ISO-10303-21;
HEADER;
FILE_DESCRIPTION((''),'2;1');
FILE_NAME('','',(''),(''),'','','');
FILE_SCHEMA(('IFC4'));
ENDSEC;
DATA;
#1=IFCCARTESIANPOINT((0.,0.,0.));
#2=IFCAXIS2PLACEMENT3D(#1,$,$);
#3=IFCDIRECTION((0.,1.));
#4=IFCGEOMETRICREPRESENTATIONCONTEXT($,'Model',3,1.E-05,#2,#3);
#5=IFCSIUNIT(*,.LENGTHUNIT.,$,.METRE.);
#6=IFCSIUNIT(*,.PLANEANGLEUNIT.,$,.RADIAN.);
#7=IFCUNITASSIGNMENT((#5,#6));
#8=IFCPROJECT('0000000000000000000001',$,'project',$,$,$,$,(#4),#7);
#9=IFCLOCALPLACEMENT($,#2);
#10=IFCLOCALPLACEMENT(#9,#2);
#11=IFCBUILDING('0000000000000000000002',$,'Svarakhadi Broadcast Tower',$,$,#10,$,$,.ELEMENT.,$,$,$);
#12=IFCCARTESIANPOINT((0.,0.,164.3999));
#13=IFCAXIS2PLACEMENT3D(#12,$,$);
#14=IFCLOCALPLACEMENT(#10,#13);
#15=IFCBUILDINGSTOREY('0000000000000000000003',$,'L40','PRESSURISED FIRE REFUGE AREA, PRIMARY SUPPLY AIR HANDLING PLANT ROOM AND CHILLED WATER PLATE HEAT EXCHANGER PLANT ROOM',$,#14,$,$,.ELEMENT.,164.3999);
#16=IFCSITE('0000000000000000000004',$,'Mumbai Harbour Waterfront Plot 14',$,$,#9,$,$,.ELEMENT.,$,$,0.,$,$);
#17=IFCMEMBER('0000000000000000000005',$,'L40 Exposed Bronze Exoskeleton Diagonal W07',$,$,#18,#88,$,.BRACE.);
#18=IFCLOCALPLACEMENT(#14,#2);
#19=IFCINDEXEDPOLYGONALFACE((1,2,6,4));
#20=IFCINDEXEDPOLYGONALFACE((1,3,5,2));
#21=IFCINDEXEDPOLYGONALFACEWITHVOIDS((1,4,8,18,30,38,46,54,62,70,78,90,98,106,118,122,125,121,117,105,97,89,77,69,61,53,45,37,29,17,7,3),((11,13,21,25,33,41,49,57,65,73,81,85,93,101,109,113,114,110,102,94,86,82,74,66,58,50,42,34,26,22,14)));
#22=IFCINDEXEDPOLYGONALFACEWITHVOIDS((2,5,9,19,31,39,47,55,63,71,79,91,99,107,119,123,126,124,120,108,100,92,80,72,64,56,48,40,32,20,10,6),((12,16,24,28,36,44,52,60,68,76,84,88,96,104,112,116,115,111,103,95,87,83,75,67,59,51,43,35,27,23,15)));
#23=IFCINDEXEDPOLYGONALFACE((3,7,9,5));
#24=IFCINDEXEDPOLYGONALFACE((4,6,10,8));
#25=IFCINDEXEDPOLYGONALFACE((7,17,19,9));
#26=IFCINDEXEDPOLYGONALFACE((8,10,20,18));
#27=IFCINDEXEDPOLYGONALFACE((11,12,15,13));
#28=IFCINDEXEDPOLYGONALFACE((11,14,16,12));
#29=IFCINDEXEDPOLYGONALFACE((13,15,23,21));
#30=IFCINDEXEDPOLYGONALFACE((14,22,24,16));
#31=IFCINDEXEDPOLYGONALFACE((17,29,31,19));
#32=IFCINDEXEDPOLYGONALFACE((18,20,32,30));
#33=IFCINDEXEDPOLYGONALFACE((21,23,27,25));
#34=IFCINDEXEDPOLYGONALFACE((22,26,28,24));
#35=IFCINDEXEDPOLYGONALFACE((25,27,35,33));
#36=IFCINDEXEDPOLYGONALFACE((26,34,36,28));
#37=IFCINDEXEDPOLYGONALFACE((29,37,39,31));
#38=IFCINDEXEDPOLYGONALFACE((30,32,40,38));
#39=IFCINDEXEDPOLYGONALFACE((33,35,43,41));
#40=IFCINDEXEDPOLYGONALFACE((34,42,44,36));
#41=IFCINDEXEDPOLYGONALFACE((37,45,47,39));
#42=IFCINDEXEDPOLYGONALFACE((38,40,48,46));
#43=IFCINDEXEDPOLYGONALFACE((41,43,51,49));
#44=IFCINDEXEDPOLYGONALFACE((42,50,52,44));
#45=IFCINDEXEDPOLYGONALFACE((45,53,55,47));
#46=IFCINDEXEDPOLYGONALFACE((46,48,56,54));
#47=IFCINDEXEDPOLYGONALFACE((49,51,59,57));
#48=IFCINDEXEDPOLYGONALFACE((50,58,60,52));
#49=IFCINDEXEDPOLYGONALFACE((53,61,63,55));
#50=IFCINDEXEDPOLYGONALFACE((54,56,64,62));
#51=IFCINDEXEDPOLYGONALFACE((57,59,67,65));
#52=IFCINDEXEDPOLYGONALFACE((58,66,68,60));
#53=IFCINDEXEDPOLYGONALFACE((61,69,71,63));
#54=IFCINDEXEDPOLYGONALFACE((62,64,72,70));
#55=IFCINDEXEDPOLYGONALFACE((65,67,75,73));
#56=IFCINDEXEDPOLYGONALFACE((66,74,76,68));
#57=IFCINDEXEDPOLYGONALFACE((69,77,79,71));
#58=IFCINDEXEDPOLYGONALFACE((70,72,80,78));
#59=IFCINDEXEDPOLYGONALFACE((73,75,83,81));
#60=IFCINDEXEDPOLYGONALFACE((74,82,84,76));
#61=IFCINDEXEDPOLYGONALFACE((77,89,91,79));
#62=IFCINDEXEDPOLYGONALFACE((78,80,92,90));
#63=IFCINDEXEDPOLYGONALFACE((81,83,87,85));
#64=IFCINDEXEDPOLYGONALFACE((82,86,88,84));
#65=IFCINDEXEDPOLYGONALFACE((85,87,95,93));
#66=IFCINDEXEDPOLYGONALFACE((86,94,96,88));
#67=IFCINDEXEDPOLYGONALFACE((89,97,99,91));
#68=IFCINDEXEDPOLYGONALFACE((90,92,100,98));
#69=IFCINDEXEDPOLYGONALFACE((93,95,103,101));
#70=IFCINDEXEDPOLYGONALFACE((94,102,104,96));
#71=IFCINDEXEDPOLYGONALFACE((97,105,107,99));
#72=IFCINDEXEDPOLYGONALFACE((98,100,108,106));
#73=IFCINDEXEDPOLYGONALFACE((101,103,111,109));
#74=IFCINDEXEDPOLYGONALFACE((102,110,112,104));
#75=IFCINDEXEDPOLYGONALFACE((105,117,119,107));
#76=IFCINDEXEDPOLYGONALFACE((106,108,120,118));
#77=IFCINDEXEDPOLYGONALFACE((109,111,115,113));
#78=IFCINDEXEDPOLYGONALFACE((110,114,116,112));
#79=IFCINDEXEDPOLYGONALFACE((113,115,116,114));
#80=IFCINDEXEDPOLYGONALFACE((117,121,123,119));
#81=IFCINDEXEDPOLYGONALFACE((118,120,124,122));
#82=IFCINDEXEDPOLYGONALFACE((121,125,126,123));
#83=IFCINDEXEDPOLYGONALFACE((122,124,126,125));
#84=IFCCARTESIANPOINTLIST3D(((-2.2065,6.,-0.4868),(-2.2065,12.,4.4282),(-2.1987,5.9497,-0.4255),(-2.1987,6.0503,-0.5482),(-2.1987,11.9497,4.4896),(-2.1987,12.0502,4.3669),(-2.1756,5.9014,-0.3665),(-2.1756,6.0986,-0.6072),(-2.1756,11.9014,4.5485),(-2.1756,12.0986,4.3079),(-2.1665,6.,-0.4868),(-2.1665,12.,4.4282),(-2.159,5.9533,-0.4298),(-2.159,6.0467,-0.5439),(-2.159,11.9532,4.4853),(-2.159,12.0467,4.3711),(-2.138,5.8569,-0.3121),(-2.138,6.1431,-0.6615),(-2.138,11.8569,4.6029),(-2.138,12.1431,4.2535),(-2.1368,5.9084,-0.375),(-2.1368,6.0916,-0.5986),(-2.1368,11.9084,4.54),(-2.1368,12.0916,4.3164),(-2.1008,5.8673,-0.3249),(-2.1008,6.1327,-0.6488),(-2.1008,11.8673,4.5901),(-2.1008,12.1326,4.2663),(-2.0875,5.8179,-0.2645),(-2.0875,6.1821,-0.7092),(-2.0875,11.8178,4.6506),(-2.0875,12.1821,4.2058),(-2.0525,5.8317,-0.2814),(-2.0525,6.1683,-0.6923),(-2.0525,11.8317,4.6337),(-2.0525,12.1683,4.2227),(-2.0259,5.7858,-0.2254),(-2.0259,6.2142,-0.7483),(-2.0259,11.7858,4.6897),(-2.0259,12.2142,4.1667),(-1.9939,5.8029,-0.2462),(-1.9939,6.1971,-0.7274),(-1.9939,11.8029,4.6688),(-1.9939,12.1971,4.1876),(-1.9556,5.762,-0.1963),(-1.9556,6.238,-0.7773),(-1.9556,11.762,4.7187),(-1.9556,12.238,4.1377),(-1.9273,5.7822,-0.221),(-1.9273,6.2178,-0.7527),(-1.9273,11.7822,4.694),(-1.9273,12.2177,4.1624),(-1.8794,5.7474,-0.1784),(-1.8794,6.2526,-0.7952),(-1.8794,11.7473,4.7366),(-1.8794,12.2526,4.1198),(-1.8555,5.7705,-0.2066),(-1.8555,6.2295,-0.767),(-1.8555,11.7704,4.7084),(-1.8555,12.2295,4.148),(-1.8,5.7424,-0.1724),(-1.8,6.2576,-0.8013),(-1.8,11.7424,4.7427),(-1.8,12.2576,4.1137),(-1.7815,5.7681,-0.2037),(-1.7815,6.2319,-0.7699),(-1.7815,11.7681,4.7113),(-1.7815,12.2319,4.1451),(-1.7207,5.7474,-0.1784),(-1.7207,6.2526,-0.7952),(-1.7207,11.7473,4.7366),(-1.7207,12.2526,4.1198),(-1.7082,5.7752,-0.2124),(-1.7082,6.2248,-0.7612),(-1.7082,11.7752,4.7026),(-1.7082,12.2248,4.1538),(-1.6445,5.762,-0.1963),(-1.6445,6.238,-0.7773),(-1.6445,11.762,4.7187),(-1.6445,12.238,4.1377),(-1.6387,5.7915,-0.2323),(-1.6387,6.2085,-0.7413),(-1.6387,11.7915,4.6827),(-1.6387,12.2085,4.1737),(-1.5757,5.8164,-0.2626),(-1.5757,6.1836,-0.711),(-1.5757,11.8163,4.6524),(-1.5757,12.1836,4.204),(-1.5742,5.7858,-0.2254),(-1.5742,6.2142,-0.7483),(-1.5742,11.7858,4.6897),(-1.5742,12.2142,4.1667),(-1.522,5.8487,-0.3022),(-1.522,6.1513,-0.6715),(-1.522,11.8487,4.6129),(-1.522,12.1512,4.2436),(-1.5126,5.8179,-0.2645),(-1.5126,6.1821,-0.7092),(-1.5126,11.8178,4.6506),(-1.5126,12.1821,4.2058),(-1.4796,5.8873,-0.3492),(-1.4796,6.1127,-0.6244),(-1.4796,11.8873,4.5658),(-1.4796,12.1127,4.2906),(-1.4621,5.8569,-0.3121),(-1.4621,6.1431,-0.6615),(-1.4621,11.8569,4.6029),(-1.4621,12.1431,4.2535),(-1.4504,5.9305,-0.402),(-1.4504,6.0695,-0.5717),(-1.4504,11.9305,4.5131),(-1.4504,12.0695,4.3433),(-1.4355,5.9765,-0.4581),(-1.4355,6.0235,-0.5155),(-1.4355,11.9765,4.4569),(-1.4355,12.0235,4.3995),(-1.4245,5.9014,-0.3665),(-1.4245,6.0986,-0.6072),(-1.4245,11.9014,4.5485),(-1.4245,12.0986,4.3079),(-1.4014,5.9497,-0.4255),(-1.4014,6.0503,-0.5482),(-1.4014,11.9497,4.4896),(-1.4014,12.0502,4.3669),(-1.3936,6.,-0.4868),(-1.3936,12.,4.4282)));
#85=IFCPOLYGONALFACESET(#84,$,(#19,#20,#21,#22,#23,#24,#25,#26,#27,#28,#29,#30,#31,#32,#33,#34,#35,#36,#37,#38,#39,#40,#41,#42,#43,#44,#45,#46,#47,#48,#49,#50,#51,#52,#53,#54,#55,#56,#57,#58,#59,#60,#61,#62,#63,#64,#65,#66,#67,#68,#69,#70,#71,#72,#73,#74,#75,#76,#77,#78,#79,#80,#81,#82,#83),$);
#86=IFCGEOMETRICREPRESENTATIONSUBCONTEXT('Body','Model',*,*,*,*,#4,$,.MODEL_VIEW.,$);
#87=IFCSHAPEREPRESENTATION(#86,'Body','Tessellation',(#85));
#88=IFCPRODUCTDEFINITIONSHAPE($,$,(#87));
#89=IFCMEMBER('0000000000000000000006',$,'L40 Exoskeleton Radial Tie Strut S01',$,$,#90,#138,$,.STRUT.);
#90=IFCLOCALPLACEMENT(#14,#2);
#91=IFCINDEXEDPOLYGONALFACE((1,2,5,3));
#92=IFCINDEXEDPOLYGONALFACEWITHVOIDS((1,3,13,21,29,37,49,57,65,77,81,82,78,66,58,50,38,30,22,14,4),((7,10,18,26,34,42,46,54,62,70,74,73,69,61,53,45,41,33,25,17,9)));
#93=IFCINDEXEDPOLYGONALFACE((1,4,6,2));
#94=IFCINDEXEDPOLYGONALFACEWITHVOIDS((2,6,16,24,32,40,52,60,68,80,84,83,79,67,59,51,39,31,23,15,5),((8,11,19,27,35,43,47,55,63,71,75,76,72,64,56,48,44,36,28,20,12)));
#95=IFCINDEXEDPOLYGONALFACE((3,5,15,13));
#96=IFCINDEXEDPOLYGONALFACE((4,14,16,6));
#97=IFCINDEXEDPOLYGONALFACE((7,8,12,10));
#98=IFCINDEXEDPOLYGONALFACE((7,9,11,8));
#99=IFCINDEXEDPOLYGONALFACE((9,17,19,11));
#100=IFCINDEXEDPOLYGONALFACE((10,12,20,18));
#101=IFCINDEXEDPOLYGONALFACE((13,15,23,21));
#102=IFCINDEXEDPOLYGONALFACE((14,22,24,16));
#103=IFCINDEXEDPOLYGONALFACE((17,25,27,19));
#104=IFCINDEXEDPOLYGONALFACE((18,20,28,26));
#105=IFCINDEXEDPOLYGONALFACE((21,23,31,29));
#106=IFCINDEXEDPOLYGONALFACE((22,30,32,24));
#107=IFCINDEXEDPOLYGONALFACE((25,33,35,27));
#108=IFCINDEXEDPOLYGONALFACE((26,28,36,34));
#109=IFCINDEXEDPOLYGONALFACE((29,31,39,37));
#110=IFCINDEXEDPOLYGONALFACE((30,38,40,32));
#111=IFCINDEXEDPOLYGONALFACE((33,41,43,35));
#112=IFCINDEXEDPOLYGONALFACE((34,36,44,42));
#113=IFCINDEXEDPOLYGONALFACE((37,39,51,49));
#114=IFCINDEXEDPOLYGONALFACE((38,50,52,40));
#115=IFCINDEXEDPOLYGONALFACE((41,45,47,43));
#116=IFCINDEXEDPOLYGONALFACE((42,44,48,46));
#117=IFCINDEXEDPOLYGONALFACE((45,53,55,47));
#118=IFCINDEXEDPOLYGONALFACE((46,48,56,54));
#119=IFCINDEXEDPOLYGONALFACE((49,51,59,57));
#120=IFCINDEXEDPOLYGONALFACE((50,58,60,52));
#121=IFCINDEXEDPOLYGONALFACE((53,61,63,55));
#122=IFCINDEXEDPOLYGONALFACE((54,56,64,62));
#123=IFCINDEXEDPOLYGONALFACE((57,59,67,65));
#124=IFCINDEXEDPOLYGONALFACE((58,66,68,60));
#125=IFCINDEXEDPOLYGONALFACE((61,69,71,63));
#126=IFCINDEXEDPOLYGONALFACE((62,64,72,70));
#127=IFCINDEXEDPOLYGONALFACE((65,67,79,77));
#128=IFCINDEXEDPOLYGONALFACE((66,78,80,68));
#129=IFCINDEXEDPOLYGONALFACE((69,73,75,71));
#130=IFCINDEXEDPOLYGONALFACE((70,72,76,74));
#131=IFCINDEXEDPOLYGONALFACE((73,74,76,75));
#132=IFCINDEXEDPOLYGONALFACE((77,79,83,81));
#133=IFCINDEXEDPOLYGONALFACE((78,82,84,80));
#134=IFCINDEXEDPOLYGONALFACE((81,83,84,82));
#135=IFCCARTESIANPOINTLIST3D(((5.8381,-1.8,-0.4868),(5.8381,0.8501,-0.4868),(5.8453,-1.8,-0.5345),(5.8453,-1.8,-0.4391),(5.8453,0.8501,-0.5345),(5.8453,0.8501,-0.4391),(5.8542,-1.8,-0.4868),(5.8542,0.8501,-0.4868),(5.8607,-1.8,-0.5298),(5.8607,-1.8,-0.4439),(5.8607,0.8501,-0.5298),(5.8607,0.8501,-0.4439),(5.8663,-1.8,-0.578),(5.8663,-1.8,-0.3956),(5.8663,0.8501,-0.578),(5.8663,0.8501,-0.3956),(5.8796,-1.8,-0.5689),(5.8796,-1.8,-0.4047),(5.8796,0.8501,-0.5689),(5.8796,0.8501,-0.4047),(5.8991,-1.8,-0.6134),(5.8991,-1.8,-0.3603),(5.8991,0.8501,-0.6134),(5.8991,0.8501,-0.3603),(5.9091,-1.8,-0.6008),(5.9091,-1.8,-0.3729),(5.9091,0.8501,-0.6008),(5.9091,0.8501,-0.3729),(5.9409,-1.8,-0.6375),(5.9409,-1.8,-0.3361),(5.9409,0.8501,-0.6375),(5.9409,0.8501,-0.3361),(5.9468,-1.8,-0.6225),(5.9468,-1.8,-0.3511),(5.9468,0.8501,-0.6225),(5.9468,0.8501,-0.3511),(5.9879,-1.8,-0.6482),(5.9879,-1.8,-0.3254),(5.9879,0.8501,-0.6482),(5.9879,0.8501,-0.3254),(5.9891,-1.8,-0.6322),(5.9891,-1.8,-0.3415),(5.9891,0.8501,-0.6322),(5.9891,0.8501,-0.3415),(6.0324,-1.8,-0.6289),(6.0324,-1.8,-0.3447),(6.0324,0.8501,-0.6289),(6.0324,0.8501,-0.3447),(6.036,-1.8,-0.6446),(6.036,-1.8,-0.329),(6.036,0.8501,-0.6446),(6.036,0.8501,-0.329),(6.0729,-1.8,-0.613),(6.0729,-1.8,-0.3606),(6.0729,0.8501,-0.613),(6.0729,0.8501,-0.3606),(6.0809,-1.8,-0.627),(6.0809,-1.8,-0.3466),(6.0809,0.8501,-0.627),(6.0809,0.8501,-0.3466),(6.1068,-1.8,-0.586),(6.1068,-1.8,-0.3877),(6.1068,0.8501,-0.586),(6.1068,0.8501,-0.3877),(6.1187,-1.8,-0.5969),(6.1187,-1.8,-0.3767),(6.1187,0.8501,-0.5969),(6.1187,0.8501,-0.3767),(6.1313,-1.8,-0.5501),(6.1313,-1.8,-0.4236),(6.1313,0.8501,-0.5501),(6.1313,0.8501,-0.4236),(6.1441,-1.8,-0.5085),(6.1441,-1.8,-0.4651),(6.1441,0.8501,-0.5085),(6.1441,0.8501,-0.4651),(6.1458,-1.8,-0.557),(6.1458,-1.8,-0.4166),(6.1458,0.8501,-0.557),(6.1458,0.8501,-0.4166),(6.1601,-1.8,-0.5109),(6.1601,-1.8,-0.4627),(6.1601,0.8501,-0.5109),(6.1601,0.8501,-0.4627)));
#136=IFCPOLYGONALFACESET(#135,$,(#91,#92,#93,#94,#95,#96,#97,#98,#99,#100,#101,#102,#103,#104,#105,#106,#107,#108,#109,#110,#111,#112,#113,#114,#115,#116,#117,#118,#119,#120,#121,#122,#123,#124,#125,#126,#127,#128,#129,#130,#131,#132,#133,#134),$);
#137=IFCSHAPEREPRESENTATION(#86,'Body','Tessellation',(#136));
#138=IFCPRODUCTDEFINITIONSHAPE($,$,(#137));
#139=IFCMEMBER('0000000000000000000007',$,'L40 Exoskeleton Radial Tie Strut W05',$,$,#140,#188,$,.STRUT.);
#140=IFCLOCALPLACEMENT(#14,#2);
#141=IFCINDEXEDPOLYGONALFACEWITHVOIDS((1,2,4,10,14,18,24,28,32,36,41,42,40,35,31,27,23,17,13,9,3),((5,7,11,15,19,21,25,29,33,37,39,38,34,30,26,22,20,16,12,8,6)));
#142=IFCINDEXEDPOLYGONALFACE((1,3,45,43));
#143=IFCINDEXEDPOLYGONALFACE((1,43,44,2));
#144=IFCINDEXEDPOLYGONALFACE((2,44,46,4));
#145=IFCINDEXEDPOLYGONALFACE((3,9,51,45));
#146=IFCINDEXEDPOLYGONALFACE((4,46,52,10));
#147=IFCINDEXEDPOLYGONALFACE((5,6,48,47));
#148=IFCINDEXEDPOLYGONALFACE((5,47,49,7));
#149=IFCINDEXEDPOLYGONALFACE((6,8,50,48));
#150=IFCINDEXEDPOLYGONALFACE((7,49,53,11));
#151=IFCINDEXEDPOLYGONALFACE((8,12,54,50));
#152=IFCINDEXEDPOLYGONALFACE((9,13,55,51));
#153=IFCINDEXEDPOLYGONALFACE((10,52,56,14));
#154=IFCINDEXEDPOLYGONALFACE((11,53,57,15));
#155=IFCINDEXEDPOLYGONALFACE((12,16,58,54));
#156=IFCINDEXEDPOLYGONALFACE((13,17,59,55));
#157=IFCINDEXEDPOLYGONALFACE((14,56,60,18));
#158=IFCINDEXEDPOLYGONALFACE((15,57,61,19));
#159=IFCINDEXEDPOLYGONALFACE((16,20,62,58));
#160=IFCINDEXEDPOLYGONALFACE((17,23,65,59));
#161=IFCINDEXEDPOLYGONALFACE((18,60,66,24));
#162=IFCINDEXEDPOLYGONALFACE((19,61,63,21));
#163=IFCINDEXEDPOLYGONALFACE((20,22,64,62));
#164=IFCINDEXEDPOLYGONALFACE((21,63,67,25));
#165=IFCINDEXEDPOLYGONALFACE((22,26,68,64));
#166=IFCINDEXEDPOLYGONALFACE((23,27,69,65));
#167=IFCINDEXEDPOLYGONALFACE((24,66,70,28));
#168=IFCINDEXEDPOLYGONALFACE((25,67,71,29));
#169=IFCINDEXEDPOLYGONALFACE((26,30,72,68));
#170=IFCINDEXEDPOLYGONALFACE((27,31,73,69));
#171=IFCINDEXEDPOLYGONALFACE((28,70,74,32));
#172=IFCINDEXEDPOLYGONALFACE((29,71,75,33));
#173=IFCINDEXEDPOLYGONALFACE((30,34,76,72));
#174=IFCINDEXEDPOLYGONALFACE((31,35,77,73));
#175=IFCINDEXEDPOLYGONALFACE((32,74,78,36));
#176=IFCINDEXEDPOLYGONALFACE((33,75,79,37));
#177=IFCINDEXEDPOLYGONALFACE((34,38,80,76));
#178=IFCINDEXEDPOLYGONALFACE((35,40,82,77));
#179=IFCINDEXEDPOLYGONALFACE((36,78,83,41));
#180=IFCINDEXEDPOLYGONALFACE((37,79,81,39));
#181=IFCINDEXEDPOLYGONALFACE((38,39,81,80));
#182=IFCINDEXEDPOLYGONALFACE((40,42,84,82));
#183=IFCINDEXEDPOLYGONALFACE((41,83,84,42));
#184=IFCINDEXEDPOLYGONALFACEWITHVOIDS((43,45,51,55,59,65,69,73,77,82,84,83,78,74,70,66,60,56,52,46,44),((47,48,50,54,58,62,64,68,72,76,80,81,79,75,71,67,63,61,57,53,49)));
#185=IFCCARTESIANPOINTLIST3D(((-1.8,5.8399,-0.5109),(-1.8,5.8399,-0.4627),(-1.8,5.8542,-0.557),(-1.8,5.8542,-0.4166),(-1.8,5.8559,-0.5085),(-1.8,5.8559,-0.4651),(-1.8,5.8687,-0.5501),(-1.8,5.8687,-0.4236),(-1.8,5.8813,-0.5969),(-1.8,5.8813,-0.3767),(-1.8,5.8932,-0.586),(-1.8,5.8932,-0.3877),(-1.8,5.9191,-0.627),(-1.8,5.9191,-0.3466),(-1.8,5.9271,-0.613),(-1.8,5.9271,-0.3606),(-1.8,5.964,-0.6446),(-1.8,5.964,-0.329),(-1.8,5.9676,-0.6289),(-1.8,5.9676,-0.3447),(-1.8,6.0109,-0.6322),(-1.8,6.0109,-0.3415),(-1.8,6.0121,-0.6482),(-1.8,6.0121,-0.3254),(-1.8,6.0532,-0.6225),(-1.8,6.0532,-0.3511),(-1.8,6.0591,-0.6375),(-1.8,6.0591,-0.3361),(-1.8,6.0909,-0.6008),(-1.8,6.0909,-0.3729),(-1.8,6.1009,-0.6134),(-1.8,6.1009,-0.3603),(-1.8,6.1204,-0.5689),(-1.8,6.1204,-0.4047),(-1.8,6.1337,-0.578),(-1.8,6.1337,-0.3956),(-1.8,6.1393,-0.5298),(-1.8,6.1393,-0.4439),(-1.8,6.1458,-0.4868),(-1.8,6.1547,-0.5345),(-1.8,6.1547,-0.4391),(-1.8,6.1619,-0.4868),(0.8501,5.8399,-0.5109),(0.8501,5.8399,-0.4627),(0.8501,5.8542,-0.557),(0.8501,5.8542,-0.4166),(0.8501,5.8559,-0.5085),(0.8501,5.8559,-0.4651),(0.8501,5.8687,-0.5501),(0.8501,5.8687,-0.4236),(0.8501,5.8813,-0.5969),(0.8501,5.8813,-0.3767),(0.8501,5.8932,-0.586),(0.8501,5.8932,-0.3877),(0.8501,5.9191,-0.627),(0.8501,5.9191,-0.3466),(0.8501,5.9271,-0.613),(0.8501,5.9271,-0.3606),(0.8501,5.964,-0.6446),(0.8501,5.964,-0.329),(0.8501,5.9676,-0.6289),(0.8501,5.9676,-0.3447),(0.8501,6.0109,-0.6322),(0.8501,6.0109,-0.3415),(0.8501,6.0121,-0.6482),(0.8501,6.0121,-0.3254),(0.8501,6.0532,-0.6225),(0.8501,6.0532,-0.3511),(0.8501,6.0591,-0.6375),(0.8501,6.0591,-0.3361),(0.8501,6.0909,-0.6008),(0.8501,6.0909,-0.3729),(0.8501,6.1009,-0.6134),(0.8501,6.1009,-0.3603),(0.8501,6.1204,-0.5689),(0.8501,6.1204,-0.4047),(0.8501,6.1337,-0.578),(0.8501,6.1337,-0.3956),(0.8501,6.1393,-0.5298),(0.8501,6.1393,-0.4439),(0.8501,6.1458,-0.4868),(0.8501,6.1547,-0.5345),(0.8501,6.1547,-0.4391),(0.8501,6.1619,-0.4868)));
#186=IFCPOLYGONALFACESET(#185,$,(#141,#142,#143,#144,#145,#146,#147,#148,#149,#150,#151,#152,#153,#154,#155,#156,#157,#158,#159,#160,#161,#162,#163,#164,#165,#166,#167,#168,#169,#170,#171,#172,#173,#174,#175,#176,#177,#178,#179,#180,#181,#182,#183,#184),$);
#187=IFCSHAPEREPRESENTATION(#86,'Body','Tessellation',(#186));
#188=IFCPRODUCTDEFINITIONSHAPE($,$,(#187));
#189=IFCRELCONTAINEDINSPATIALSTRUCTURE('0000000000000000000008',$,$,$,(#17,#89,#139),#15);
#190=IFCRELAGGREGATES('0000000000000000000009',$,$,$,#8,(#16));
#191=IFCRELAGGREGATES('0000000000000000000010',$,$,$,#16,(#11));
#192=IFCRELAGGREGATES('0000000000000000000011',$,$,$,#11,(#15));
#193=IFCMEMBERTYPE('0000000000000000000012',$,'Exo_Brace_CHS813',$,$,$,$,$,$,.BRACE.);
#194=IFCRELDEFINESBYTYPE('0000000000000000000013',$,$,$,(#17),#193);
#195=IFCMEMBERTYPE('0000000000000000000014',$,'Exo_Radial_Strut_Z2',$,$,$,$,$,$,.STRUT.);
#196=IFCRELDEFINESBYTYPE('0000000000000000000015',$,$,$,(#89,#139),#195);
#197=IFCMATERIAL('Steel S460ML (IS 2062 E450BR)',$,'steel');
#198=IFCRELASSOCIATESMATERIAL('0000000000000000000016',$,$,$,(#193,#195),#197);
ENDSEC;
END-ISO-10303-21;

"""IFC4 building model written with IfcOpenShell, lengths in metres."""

from ifc_helpers import new_model, si_unit, direction, frame, origin, origin_2d, place, context, subcontext, project, spatial, hollow_circle, extrude, material, material_profile, profile_set, type_object, element, save


model = new_model("IFC4")

# Units and contexts
model_context = context("Model", 3, precision=1e-05, world=origin(), true_north=direction((0.0, 1.0)))
body_context = subcontext(model_context, "Body", "Model", "MODEL_VIEW")
ifc_project = project(units=[si_unit("LENGTHUNIT", "METRE"), si_unit("PLANEANGLEUNIT", "RADIAN")], contexts=[model_context])

# Site, building, storey
site_placement = place(None, origin())
site = spatial("IfcSite", under=ifc_project, at=site_placement, Name="Mumbai Harbour Waterfront Plot 14", CompositionType="ELEMENT", RefElevation=0.0)
building_placement = place(site_placement, origin())
building = spatial("IfcBuilding", under=site, at=building_placement, Name="Svarakhadi Broadcast Tower", CompositionType="ELEMENT")
storey_placement = place(building_placement, frame((0.0, 0.0, 164.3999)))
storey = spatial("IfcBuildingStorey", under=building, at=storey_placement, Name="L40", Description="PRESSURISED FIRE REFUGE AREA, PRIMARY SUPPLY AIR HANDLING PLANT ROOM AND CHILLED WATER PLATE HEAT EXCHANGER PLANT ROOM", CompositionType="ELEMENT", Elevation=164.3999)

# Shared definitions
ifc_material_1 = material(Name="Steel S460ML (IS 2062 E450BR)", Category="steel")

# Members
ifc_material_profile_1 = material_profile(ifc_material_1, hollow_circle(Radius=0.4065, WallThickness=0.04, at=origin_2d()), Name="CHS 813x40")
ifc_profile_set_1 = profile_set([ifc_material_profile_1], Name="Steel S460ML (IS 2062 E450BR)")
member_type_1 = type_object("IfcMemberType", Name="Exo_Brace_CHS813", PredefinedType="BRACE", material=ifc_profile_set_1)
for number, where, z_axis, x_axis, name in (
    (1, (-1.8, 6.0, -0.4868), (0.0, 0.773581, 0.633697), (-1.0, 0.0, 0.0), "L40 Exposed Bronze Exoskeleton Diagonal W07"),
):
    element("IfcMember", number, at=place(storey_placement, frame(where, z_axis=z_axis, x_axis=x_axis)), inside=storey, type_object=member_type_1, Name=name, PredefinedType="BRACE", context=body_context, shape_type="SweptSolid", body=[
        extrude(hollow_circle(Radius=0.4065, WallThickness=0.04, at=origin_2d()), origin(), (0.0, 0.0, 1.0), 7.7561),
    ])
ifc_material_profile_2 = material_profile(ifc_material_1, hollow_circle(Radius=0.1619, WallThickness=0.0161, at=origin_2d()), Name="CHS 323.9x16")
ifc_profile_set_2 = profile_set([ifc_material_profile_2], Name="Steel S460ML (IS 2062 E450BR)")
member_type_2 = type_object("IfcMemberType", Name="Exo_Radial_Strut_Z2", PredefinedType="STRUT", material=ifc_profile_set_2)
for number, where, z_axis, x_axis, name in (
    (2, (6.0, -1.8, -0.4868), (0.0, 1.0, 0.0), (-1.0, 0.0, 0.0), "L40 Exoskeleton Radial Tie Strut S01"),
    (3, (-1.8, 6.0, -0.4868), (1.0, 0.0, 0.0), (0.0, 1.0, 0.0), "L40 Exoskeleton Radial Tie Strut W05"),
):
    element("IfcMember", number, at=place(storey_placement, frame(where, z_axis=z_axis, x_axis=x_axis)), inside=storey, type_object=member_type_2, Name=name, PredefinedType="STRUT", context=body_context, shape_type="SweptSolid", body=[
        extrude(hollow_circle(Radius=0.1619, WallThickness=0.0161, at=origin_2d()), origin(), (0.0, 0.0, 1.0), 2.6501),
    ])

save(model, "model.ifc")
